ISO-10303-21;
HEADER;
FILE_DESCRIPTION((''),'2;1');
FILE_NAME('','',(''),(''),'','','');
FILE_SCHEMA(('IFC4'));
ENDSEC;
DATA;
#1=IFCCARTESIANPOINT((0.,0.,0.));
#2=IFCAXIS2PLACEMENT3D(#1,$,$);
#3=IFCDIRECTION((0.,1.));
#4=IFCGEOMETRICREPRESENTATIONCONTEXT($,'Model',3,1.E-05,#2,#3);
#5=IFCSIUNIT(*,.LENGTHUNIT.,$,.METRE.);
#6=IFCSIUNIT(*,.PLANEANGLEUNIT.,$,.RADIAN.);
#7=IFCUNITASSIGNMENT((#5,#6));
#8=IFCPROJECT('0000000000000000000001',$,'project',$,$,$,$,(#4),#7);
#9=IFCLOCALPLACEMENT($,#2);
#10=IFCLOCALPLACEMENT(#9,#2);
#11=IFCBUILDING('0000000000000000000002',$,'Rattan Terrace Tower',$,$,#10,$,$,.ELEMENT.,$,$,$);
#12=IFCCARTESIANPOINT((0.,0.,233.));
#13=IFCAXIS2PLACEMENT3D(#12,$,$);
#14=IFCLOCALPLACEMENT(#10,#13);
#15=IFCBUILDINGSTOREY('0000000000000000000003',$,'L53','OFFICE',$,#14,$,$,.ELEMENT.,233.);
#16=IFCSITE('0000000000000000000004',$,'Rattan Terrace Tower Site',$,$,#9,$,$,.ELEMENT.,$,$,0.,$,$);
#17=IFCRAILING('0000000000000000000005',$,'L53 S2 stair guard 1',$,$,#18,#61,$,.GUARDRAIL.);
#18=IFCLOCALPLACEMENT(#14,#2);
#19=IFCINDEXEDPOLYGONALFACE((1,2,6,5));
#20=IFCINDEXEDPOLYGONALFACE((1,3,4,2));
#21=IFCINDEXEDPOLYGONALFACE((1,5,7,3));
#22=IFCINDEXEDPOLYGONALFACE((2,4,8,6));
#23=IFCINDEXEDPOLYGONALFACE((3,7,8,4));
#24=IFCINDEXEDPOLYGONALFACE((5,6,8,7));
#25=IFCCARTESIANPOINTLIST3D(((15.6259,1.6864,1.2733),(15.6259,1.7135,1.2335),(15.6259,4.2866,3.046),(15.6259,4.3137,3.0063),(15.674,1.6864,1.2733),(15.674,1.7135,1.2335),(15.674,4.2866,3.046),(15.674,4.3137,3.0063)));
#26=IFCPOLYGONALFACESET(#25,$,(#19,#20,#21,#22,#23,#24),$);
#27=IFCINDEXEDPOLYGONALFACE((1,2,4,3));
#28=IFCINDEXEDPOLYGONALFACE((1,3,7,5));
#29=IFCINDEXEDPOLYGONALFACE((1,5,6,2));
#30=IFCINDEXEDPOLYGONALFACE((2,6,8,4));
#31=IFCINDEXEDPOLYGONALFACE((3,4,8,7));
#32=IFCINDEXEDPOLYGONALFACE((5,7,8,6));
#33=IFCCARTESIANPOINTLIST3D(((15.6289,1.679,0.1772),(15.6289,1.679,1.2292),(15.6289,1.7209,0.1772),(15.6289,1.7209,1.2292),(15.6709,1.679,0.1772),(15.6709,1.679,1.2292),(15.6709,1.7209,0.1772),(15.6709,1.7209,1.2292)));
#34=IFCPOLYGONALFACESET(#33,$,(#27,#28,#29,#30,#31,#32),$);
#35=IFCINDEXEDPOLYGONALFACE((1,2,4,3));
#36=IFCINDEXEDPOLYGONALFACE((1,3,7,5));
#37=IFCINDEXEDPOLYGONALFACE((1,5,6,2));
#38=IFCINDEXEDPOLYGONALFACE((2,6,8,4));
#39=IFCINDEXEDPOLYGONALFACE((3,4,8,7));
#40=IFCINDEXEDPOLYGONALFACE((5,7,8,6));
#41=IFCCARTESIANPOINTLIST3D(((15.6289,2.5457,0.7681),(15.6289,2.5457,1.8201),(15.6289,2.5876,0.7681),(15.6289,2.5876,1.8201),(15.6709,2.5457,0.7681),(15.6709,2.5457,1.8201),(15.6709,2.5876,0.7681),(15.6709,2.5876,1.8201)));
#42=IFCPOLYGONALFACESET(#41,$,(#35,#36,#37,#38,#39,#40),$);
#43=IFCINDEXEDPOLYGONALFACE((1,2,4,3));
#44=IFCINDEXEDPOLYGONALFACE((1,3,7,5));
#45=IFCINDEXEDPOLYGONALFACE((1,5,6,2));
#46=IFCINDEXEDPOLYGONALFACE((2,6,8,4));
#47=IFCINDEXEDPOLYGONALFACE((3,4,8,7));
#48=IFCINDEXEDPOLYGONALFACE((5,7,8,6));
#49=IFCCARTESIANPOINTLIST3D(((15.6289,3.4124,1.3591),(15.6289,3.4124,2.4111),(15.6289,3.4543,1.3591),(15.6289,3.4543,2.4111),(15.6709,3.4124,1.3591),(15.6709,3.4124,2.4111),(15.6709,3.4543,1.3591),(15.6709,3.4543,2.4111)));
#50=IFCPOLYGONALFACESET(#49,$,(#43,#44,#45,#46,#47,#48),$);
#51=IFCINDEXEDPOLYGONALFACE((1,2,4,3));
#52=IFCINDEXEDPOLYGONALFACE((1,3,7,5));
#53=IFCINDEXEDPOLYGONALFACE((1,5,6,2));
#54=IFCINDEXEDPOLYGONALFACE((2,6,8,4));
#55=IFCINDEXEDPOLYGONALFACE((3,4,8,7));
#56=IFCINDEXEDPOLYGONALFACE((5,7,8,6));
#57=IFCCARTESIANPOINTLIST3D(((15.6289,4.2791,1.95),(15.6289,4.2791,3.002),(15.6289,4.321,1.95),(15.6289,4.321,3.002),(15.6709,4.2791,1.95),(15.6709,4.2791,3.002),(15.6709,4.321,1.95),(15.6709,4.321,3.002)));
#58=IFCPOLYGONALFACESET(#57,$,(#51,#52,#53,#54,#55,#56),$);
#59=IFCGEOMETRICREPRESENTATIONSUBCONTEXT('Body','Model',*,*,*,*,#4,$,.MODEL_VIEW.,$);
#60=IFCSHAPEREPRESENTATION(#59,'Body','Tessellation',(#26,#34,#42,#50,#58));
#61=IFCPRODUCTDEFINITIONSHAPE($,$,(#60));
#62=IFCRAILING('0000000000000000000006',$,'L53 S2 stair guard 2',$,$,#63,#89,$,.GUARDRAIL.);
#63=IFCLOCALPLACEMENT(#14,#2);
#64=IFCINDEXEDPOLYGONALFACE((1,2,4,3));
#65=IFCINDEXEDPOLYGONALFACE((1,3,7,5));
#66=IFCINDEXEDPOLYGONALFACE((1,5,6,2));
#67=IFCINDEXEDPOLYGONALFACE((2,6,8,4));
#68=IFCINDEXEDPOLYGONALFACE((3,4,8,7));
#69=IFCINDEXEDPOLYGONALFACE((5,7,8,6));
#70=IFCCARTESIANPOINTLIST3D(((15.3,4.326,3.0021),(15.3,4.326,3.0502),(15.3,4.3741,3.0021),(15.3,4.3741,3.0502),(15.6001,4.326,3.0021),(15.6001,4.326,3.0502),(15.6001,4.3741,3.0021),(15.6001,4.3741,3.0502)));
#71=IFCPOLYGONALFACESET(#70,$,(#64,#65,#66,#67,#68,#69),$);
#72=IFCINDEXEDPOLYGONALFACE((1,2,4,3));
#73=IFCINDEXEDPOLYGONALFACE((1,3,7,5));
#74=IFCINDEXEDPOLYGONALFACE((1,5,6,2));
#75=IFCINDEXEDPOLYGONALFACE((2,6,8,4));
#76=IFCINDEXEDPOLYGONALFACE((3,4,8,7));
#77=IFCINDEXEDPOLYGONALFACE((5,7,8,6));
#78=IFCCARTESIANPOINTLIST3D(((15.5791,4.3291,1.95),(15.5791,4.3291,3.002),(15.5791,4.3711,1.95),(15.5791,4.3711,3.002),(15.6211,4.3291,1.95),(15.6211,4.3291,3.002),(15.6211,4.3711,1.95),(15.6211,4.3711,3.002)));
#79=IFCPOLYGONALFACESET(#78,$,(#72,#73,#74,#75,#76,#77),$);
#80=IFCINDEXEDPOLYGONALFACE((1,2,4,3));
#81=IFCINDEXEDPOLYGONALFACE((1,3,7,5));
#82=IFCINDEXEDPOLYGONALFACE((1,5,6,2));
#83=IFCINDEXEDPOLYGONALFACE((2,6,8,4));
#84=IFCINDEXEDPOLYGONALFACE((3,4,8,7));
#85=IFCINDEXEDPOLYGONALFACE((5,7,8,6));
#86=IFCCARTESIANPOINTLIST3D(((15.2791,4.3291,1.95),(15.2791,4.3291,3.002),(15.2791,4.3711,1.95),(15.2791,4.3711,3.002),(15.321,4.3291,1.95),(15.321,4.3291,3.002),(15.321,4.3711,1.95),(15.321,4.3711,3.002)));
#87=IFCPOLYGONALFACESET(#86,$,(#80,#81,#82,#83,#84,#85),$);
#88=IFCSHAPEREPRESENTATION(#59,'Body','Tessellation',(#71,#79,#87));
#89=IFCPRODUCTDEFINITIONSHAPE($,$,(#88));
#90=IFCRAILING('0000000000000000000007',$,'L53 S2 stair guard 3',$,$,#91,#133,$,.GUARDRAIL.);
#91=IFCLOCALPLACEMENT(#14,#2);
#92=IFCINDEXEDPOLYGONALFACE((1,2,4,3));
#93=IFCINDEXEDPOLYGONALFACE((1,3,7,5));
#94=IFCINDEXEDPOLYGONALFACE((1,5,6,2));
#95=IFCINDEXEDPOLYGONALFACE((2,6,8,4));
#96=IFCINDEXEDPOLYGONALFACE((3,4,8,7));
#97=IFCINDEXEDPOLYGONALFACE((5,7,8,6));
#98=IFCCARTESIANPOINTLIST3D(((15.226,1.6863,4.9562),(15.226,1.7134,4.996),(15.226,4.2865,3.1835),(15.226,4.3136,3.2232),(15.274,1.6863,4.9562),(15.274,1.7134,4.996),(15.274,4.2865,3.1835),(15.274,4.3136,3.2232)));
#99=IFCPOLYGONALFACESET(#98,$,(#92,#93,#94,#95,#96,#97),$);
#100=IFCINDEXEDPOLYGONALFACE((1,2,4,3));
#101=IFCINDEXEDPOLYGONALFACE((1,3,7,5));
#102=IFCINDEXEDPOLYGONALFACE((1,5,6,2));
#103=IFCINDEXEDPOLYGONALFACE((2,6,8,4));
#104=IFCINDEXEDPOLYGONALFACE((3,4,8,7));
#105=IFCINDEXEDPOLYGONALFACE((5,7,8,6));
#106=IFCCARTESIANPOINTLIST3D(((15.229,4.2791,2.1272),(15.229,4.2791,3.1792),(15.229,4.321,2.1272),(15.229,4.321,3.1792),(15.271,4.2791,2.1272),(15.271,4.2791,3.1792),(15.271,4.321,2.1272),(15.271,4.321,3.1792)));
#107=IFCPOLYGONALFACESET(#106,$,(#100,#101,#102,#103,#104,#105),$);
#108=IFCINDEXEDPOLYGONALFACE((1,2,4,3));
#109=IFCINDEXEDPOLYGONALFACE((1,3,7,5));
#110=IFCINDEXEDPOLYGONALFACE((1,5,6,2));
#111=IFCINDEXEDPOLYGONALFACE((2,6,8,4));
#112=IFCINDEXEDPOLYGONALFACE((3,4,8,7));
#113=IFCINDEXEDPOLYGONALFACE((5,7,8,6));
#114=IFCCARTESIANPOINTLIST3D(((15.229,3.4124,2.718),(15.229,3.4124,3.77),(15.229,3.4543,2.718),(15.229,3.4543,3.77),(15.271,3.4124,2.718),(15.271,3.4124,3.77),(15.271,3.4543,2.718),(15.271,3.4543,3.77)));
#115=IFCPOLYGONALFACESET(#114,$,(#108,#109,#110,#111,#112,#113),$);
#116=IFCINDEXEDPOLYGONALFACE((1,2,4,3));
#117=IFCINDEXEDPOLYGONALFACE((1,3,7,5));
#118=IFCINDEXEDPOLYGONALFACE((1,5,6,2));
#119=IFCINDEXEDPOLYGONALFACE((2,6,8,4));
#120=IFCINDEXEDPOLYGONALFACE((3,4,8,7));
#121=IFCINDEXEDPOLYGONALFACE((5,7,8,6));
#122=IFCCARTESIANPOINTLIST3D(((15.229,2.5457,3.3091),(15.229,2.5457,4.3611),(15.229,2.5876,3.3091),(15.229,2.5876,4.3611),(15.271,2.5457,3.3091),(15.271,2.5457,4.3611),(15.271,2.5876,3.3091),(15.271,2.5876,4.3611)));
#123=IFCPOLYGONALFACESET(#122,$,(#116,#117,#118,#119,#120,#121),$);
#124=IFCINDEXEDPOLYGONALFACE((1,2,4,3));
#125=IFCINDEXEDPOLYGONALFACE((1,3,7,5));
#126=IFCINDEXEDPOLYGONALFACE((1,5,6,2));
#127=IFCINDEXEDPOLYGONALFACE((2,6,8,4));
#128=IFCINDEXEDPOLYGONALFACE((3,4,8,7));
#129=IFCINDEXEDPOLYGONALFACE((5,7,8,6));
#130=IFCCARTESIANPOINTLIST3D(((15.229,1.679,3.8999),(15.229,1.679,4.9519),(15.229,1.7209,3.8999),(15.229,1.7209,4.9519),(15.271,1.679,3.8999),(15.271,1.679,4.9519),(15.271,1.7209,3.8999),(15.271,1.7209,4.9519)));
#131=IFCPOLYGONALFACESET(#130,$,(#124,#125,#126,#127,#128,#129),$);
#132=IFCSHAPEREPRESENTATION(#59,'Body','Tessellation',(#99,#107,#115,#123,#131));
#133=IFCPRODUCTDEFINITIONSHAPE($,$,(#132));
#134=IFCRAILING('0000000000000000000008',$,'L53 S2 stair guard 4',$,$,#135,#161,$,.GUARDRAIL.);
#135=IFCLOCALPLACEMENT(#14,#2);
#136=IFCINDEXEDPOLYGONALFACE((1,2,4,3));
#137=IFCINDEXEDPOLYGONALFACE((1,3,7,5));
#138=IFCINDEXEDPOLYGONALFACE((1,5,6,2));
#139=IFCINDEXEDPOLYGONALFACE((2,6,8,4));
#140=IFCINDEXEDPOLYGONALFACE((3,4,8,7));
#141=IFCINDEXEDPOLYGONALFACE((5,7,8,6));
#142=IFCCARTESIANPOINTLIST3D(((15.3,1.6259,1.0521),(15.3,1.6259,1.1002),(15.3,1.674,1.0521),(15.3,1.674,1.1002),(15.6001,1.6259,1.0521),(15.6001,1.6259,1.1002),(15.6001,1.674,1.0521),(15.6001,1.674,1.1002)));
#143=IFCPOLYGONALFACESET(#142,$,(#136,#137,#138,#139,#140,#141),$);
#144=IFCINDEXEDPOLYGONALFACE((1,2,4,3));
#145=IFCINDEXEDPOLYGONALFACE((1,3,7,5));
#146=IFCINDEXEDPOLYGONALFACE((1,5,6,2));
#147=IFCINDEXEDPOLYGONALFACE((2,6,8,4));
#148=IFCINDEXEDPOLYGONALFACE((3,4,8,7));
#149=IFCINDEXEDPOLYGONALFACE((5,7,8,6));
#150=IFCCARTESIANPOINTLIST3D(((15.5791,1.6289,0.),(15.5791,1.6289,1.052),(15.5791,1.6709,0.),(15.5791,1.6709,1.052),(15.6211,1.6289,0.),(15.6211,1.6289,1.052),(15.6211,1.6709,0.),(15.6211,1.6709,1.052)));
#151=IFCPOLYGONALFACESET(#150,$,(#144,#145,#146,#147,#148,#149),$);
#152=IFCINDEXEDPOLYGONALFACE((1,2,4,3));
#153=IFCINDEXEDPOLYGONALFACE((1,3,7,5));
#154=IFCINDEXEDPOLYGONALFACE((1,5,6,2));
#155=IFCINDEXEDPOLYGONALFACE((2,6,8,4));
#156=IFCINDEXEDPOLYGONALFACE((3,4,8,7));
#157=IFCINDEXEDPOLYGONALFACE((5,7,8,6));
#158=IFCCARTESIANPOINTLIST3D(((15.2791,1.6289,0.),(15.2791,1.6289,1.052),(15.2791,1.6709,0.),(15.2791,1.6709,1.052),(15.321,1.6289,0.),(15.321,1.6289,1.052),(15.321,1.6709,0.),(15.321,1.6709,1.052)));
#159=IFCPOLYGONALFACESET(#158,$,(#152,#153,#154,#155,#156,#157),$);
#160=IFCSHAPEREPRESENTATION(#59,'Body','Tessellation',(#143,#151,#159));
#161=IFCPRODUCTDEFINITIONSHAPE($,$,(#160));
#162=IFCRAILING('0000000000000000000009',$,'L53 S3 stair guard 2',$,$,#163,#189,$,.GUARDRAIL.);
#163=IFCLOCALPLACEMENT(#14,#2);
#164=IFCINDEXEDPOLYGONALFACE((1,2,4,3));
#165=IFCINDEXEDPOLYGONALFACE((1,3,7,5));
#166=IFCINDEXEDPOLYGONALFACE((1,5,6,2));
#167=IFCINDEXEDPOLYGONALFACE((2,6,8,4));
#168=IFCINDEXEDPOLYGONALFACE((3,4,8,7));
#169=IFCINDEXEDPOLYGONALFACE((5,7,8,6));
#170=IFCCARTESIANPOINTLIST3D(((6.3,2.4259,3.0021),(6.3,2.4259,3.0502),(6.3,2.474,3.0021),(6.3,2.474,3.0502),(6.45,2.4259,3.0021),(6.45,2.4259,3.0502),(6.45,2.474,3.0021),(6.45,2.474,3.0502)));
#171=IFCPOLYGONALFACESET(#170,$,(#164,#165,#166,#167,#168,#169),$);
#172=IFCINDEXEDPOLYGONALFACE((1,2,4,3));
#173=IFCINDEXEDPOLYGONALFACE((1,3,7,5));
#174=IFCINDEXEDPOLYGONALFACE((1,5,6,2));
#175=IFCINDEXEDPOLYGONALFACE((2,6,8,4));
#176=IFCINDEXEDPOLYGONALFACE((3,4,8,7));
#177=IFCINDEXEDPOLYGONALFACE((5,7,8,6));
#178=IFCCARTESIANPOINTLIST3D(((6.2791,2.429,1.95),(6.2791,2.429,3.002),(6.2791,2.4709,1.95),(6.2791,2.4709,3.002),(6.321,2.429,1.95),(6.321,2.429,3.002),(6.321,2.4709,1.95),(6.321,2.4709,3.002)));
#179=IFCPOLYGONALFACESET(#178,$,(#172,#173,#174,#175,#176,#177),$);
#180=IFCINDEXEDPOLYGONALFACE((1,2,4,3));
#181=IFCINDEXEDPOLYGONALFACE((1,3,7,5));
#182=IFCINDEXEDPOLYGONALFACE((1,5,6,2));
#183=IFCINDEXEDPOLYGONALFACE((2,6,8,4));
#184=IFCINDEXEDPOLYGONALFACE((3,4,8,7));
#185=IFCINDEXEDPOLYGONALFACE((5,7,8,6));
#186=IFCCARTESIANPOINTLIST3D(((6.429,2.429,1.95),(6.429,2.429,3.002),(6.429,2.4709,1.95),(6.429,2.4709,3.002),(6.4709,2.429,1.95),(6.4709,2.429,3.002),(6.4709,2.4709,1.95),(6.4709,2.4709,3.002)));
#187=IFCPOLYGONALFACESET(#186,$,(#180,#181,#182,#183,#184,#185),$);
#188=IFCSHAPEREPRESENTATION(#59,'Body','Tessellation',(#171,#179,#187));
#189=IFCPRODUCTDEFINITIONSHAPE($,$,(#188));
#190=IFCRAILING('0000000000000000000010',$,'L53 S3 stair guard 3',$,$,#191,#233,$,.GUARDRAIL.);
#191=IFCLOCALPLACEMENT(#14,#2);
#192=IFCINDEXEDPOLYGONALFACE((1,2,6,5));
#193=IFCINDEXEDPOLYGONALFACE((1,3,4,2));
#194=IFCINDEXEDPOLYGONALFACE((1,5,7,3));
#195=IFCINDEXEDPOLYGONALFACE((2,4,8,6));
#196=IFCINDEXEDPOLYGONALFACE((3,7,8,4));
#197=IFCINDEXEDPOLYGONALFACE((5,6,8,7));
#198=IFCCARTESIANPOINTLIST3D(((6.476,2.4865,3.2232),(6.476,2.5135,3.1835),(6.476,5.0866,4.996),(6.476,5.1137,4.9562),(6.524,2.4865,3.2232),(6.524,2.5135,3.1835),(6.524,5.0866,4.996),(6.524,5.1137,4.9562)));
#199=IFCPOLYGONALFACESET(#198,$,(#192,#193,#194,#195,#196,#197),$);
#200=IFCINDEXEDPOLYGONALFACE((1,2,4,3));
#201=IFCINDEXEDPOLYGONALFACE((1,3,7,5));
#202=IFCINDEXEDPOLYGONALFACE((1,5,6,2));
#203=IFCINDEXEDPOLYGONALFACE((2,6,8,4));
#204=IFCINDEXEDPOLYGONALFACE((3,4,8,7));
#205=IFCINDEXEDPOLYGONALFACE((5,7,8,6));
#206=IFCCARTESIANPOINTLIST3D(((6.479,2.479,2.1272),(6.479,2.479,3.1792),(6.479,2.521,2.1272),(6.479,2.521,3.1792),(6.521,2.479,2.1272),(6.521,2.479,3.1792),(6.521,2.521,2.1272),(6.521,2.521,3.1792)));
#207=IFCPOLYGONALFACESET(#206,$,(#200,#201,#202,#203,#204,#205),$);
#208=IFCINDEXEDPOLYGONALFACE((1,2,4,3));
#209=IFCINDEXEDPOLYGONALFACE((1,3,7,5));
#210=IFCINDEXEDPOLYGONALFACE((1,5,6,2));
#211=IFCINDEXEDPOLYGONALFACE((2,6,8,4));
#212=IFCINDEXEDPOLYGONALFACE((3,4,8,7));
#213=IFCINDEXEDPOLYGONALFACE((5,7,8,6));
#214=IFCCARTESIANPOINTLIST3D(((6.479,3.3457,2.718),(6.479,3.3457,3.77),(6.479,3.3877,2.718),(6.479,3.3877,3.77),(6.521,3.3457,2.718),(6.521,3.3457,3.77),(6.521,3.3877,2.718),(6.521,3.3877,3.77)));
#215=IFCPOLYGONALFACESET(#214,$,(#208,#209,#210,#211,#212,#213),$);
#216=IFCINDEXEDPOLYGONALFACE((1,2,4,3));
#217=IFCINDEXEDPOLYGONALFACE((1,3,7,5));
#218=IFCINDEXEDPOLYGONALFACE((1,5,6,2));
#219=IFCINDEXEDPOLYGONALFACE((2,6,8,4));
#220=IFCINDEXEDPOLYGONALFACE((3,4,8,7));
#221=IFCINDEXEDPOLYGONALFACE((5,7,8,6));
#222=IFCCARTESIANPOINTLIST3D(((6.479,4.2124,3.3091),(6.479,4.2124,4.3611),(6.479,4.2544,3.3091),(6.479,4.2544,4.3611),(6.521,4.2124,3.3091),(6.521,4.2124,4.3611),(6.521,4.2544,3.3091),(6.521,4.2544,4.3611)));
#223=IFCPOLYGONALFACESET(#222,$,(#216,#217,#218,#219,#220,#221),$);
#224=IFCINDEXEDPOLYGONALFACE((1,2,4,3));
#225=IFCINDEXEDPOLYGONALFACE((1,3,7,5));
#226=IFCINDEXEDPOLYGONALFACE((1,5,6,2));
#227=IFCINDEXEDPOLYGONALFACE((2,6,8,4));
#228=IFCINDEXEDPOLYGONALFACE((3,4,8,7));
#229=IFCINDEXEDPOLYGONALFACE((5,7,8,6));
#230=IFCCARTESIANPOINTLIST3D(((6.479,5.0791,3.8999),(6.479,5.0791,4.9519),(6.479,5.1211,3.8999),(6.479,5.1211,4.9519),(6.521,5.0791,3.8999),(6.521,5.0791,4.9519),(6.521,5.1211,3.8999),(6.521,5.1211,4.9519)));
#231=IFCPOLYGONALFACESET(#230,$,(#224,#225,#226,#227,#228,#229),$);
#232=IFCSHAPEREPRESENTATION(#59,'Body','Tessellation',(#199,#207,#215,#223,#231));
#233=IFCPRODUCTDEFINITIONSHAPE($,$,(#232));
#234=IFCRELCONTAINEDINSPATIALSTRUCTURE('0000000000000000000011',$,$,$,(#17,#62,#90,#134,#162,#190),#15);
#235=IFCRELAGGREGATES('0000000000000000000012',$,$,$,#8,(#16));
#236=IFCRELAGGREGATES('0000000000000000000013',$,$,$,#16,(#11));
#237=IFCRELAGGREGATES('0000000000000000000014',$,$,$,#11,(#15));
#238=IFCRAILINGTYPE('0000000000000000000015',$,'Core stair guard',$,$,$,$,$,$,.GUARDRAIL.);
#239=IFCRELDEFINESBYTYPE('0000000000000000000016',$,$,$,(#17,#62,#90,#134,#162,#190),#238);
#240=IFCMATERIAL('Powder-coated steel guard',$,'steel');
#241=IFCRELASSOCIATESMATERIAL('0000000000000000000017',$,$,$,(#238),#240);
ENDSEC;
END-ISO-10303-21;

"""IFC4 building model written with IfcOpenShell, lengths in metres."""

from ifc_helpers import new_model, si_unit, direction, frame, origin, origin_2d, place, context, subcontext, project, spatial, rectangle, extrude, material, type_object, element, save


model = new_model("IFC4")

# Units and contexts
model_context = context("Model", 3, precision=1e-05, world=origin(), true_north=direction((0.0, 1.0)))
body_context = subcontext(model_context, "Body", "Model", "MODEL_VIEW")
ifc_project = project(units=[si_unit("LENGTHUNIT", "METRE"), si_unit("PLANEANGLEUNIT", "RADIAN")], contexts=[model_context])

# Site, building, storey
site_placement = place(None, origin())
site = spatial("IfcSite", under=ifc_project, at=site_placement, Name="Rattan Terrace Tower Site", CompositionType="ELEMENT", RefElevation=0.0)
building_placement = place(site_placement, origin())
building = spatial("IfcBuilding", under=site, at=building_placement, Name="Rattan Terrace Tower", CompositionType="ELEMENT")
storey_placement = place(building_placement, frame((0.0, 0.0, 233.0)))
storey = spatial("IfcBuildingStorey", under=building, at=storey_placement, Name="L53", Description="OFFICE", CompositionType="ELEMENT", Elevation=233.0)

# Railings
ifc_material_1 = material(Name="Powder-coated steel guard", Category="steel")
railing_type_1 = type_object("IfcRailingType", Name="Core stair guard", PredefinedType="GUARDRAIL", material=ifc_material_1)
railing_1_placement = place(storey_placement, frame((15.6499, 1.7, 0.1772)))
element("IfcRailing", 1, at=railing_1_placement, inside=storey, type_object=railing_type_1, Name="L53 S2 stair guard 1", PredefinedType="GUARDRAIL", context=body_context, shape_type="SweptSolid", body=[
    extrude(rectangle(XDim=0.0481, YDim=0.0481, at=origin_2d()), frame((0.0, 0.0, 1.0762), z_axis=(0.0, 0.82624, 0.563318), x_axis=(-1.0, 0.0, 0.0)), (0.0, 0.0, 1.0), 3.147),
    extrude(rectangle(XDim=0.042, YDim=0.042, at=origin_2d()), origin(), (0.0, 0.0, 1.0), 1.052),
    extrude(rectangle(XDim=0.042, YDim=0.042, at=origin_2d()), frame((0.0, 0.8667, 0.5908)), (0.0, 0.0, 1.0), 1.052),
    extrude(rectangle(XDim=0.042, YDim=0.042, at=origin_2d()), frame((0.0, 1.7334, 1.1819)), (0.0, 0.0, 1.0), 1.052),
    extrude(rectangle(XDim=0.042, YDim=0.042, at=origin_2d()), frame((0.0, 2.6001, 1.7727)), (0.0, 0.0, 1.0), 1.052),
])
railing_2_placement = place(storey_placement, frame((15.6001, 4.3501, 1.95)))
element("IfcRailing", 2, at=railing_2_placement, inside=storey, type_object=railing_type_1, Name="L53 S2 stair guard 2", PredefinedType="GUARDRAIL", context=body_context, shape_type="SweptSolid", body=[
    extrude(rectangle(XDim=0.0481, YDim=0.0481, at=origin_2d()), frame((0.0, 0.0, 1.0762), z_axis=(-1.0, 0.0, 0.0), x_axis=(0.0, -1.0, 0.0)), (0.0, 0.0, 1.0), 0.3),
    extrude(rectangle(XDim=0.042, YDim=0.042, at=origin_2d()), origin(), (0.0, 0.0, 1.0), 1.052),
    extrude(rectangle(XDim=0.042, YDim=0.042, at=origin_2d()), frame((-0.3, 0.0, 0.0)), (0.0, 0.0, 1.0), 1.052),
])
railing_3_placement = place(storey_placement, frame((15.25, 4.3, 2.1272)))
element("IfcRailing", 3, at=railing_3_placement, inside=storey, type_object=railing_type_1, Name="L53 S2 stair guard 3", PredefinedType="GUARDRAIL", context=body_context, shape_type="SweptSolid", body=[
    extrude(rectangle(XDim=0.0481, YDim=0.0481, at=origin_2d()), frame((0.0, 0.0, 1.0762), z_axis=(0.0, -0.82624, 0.563318), x_axis=(1.0, 0.0, 0.0)), (0.0, 0.0, 1.0), 3.147),
    extrude(rectangle(XDim=0.042, YDim=0.042, at=origin_2d()), origin(), (0.0, 0.0, 1.0), 1.052),
    extrude(rectangle(XDim=0.042, YDim=0.042, at=origin_2d()), frame((0.0, -0.8667, 0.5908)), (0.0, 0.0, 1.0), 1.052),
    extrude(rectangle(XDim=0.042, YDim=0.042, at=origin_2d()), frame((0.0, -1.7334, 1.1819)), (0.0, 0.0, 1.0), 1.052),
    extrude(rectangle(XDim=0.042, YDim=0.042, at=origin_2d()), frame((0.0, -2.6001, 1.7727)), (0.0, 0.0, 1.0), 1.052),
])
railing_4_placement = place(storey_placement, frame((15.6001, 1.6499, 0.0)))
element("IfcRailing", 4, at=railing_4_placement, inside=storey, type_object=railing_type_1, Name="L53 S2 stair guard 4", PredefinedType="GUARDRAIL", context=body_context, shape_type="SweptSolid", body=[
    extrude(rectangle(XDim=0.0481, YDim=0.0481, at=origin_2d()), frame((0.0, 0.0, 1.0762), z_axis=(-1.0, 0.0, 0.0), x_axis=(0.0, -1.0, 0.0)), (0.0, 0.0, 1.0), 0.3),
    extrude(rectangle(XDim=0.042, YDim=0.042, at=origin_2d()), origin(), (0.0, 0.0, 1.0), 1.052),
    extrude(rectangle(XDim=0.042, YDim=0.042, at=origin_2d()), frame((-0.3, 0.0, 0.0)), (0.0, 0.0, 1.0), 1.052),
])
railing_5_placement = place(storey_placement, frame((6.3, 2.45, 1.95)))
element("IfcRailing", 5, at=railing_5_placement, inside=storey, type_object=railing_type_1, Name="L53 S3 stair guard 2", PredefinedType="GUARDRAIL", context=body_context, shape_type="SweptSolid", body=[
    extrude(rectangle(XDim=0.0481, YDim=0.0481, at=origin_2d()), frame((0.0, 0.0, 1.0762), z_axis=(1.0, 0.0, 0.0), x_axis=(0.0, 1.0, 0.0)), (0.0, 0.0, 1.0), 0.1499),
    extrude(rectangle(XDim=0.042, YDim=0.042, at=origin_2d()), origin(), (0.0, 0.0, 1.0), 1.052),
    extrude(rectangle(XDim=0.042, YDim=0.042, at=origin_2d()), frame((0.1499, 0.0, 0.0)), (0.0, 0.0, 1.0), 1.052),
])
railing_6_placement = place(storey_placement, frame((6.5, 2.5, 2.1272)))
element("IfcRailing", 6, at=railing_6_placement, inside=storey, type_object=railing_type_1, Name="L53 S3 stair guard 3", PredefinedType="GUARDRAIL", context=body_context, shape_type="SweptSolid", body=[
    extrude(rectangle(XDim=0.0481, YDim=0.0481, at=origin_2d()), frame((0.0, 0.0, 1.0762), z_axis=(0.0, 0.82624, 0.563318), x_axis=(-1.0, 0.0, 0.0)), (0.0, 0.0, 1.0), 3.147),
    extrude(rectangle(XDim=0.042, YDim=0.042, at=origin_2d()), origin(), (0.0, 0.0, 1.0), 1.052),
    extrude(rectangle(XDim=0.042, YDim=0.042, at=origin_2d()), frame((0.0, 0.8667, 0.5908)), (0.0, 0.0, 1.0), 1.052),
    extrude(rectangle(XDim=0.042, YDim=0.042, at=origin_2d()), frame((0.0, 1.7334, 1.1819)), (0.0, 0.0, 1.0), 1.052),
    extrude(rectangle(XDim=0.042, YDim=0.042, at=origin_2d()), frame((0.0, 2.6001, 1.7727)), (0.0, 0.0, 1.0), 1.052),
])

save(model, "model.ifc")
